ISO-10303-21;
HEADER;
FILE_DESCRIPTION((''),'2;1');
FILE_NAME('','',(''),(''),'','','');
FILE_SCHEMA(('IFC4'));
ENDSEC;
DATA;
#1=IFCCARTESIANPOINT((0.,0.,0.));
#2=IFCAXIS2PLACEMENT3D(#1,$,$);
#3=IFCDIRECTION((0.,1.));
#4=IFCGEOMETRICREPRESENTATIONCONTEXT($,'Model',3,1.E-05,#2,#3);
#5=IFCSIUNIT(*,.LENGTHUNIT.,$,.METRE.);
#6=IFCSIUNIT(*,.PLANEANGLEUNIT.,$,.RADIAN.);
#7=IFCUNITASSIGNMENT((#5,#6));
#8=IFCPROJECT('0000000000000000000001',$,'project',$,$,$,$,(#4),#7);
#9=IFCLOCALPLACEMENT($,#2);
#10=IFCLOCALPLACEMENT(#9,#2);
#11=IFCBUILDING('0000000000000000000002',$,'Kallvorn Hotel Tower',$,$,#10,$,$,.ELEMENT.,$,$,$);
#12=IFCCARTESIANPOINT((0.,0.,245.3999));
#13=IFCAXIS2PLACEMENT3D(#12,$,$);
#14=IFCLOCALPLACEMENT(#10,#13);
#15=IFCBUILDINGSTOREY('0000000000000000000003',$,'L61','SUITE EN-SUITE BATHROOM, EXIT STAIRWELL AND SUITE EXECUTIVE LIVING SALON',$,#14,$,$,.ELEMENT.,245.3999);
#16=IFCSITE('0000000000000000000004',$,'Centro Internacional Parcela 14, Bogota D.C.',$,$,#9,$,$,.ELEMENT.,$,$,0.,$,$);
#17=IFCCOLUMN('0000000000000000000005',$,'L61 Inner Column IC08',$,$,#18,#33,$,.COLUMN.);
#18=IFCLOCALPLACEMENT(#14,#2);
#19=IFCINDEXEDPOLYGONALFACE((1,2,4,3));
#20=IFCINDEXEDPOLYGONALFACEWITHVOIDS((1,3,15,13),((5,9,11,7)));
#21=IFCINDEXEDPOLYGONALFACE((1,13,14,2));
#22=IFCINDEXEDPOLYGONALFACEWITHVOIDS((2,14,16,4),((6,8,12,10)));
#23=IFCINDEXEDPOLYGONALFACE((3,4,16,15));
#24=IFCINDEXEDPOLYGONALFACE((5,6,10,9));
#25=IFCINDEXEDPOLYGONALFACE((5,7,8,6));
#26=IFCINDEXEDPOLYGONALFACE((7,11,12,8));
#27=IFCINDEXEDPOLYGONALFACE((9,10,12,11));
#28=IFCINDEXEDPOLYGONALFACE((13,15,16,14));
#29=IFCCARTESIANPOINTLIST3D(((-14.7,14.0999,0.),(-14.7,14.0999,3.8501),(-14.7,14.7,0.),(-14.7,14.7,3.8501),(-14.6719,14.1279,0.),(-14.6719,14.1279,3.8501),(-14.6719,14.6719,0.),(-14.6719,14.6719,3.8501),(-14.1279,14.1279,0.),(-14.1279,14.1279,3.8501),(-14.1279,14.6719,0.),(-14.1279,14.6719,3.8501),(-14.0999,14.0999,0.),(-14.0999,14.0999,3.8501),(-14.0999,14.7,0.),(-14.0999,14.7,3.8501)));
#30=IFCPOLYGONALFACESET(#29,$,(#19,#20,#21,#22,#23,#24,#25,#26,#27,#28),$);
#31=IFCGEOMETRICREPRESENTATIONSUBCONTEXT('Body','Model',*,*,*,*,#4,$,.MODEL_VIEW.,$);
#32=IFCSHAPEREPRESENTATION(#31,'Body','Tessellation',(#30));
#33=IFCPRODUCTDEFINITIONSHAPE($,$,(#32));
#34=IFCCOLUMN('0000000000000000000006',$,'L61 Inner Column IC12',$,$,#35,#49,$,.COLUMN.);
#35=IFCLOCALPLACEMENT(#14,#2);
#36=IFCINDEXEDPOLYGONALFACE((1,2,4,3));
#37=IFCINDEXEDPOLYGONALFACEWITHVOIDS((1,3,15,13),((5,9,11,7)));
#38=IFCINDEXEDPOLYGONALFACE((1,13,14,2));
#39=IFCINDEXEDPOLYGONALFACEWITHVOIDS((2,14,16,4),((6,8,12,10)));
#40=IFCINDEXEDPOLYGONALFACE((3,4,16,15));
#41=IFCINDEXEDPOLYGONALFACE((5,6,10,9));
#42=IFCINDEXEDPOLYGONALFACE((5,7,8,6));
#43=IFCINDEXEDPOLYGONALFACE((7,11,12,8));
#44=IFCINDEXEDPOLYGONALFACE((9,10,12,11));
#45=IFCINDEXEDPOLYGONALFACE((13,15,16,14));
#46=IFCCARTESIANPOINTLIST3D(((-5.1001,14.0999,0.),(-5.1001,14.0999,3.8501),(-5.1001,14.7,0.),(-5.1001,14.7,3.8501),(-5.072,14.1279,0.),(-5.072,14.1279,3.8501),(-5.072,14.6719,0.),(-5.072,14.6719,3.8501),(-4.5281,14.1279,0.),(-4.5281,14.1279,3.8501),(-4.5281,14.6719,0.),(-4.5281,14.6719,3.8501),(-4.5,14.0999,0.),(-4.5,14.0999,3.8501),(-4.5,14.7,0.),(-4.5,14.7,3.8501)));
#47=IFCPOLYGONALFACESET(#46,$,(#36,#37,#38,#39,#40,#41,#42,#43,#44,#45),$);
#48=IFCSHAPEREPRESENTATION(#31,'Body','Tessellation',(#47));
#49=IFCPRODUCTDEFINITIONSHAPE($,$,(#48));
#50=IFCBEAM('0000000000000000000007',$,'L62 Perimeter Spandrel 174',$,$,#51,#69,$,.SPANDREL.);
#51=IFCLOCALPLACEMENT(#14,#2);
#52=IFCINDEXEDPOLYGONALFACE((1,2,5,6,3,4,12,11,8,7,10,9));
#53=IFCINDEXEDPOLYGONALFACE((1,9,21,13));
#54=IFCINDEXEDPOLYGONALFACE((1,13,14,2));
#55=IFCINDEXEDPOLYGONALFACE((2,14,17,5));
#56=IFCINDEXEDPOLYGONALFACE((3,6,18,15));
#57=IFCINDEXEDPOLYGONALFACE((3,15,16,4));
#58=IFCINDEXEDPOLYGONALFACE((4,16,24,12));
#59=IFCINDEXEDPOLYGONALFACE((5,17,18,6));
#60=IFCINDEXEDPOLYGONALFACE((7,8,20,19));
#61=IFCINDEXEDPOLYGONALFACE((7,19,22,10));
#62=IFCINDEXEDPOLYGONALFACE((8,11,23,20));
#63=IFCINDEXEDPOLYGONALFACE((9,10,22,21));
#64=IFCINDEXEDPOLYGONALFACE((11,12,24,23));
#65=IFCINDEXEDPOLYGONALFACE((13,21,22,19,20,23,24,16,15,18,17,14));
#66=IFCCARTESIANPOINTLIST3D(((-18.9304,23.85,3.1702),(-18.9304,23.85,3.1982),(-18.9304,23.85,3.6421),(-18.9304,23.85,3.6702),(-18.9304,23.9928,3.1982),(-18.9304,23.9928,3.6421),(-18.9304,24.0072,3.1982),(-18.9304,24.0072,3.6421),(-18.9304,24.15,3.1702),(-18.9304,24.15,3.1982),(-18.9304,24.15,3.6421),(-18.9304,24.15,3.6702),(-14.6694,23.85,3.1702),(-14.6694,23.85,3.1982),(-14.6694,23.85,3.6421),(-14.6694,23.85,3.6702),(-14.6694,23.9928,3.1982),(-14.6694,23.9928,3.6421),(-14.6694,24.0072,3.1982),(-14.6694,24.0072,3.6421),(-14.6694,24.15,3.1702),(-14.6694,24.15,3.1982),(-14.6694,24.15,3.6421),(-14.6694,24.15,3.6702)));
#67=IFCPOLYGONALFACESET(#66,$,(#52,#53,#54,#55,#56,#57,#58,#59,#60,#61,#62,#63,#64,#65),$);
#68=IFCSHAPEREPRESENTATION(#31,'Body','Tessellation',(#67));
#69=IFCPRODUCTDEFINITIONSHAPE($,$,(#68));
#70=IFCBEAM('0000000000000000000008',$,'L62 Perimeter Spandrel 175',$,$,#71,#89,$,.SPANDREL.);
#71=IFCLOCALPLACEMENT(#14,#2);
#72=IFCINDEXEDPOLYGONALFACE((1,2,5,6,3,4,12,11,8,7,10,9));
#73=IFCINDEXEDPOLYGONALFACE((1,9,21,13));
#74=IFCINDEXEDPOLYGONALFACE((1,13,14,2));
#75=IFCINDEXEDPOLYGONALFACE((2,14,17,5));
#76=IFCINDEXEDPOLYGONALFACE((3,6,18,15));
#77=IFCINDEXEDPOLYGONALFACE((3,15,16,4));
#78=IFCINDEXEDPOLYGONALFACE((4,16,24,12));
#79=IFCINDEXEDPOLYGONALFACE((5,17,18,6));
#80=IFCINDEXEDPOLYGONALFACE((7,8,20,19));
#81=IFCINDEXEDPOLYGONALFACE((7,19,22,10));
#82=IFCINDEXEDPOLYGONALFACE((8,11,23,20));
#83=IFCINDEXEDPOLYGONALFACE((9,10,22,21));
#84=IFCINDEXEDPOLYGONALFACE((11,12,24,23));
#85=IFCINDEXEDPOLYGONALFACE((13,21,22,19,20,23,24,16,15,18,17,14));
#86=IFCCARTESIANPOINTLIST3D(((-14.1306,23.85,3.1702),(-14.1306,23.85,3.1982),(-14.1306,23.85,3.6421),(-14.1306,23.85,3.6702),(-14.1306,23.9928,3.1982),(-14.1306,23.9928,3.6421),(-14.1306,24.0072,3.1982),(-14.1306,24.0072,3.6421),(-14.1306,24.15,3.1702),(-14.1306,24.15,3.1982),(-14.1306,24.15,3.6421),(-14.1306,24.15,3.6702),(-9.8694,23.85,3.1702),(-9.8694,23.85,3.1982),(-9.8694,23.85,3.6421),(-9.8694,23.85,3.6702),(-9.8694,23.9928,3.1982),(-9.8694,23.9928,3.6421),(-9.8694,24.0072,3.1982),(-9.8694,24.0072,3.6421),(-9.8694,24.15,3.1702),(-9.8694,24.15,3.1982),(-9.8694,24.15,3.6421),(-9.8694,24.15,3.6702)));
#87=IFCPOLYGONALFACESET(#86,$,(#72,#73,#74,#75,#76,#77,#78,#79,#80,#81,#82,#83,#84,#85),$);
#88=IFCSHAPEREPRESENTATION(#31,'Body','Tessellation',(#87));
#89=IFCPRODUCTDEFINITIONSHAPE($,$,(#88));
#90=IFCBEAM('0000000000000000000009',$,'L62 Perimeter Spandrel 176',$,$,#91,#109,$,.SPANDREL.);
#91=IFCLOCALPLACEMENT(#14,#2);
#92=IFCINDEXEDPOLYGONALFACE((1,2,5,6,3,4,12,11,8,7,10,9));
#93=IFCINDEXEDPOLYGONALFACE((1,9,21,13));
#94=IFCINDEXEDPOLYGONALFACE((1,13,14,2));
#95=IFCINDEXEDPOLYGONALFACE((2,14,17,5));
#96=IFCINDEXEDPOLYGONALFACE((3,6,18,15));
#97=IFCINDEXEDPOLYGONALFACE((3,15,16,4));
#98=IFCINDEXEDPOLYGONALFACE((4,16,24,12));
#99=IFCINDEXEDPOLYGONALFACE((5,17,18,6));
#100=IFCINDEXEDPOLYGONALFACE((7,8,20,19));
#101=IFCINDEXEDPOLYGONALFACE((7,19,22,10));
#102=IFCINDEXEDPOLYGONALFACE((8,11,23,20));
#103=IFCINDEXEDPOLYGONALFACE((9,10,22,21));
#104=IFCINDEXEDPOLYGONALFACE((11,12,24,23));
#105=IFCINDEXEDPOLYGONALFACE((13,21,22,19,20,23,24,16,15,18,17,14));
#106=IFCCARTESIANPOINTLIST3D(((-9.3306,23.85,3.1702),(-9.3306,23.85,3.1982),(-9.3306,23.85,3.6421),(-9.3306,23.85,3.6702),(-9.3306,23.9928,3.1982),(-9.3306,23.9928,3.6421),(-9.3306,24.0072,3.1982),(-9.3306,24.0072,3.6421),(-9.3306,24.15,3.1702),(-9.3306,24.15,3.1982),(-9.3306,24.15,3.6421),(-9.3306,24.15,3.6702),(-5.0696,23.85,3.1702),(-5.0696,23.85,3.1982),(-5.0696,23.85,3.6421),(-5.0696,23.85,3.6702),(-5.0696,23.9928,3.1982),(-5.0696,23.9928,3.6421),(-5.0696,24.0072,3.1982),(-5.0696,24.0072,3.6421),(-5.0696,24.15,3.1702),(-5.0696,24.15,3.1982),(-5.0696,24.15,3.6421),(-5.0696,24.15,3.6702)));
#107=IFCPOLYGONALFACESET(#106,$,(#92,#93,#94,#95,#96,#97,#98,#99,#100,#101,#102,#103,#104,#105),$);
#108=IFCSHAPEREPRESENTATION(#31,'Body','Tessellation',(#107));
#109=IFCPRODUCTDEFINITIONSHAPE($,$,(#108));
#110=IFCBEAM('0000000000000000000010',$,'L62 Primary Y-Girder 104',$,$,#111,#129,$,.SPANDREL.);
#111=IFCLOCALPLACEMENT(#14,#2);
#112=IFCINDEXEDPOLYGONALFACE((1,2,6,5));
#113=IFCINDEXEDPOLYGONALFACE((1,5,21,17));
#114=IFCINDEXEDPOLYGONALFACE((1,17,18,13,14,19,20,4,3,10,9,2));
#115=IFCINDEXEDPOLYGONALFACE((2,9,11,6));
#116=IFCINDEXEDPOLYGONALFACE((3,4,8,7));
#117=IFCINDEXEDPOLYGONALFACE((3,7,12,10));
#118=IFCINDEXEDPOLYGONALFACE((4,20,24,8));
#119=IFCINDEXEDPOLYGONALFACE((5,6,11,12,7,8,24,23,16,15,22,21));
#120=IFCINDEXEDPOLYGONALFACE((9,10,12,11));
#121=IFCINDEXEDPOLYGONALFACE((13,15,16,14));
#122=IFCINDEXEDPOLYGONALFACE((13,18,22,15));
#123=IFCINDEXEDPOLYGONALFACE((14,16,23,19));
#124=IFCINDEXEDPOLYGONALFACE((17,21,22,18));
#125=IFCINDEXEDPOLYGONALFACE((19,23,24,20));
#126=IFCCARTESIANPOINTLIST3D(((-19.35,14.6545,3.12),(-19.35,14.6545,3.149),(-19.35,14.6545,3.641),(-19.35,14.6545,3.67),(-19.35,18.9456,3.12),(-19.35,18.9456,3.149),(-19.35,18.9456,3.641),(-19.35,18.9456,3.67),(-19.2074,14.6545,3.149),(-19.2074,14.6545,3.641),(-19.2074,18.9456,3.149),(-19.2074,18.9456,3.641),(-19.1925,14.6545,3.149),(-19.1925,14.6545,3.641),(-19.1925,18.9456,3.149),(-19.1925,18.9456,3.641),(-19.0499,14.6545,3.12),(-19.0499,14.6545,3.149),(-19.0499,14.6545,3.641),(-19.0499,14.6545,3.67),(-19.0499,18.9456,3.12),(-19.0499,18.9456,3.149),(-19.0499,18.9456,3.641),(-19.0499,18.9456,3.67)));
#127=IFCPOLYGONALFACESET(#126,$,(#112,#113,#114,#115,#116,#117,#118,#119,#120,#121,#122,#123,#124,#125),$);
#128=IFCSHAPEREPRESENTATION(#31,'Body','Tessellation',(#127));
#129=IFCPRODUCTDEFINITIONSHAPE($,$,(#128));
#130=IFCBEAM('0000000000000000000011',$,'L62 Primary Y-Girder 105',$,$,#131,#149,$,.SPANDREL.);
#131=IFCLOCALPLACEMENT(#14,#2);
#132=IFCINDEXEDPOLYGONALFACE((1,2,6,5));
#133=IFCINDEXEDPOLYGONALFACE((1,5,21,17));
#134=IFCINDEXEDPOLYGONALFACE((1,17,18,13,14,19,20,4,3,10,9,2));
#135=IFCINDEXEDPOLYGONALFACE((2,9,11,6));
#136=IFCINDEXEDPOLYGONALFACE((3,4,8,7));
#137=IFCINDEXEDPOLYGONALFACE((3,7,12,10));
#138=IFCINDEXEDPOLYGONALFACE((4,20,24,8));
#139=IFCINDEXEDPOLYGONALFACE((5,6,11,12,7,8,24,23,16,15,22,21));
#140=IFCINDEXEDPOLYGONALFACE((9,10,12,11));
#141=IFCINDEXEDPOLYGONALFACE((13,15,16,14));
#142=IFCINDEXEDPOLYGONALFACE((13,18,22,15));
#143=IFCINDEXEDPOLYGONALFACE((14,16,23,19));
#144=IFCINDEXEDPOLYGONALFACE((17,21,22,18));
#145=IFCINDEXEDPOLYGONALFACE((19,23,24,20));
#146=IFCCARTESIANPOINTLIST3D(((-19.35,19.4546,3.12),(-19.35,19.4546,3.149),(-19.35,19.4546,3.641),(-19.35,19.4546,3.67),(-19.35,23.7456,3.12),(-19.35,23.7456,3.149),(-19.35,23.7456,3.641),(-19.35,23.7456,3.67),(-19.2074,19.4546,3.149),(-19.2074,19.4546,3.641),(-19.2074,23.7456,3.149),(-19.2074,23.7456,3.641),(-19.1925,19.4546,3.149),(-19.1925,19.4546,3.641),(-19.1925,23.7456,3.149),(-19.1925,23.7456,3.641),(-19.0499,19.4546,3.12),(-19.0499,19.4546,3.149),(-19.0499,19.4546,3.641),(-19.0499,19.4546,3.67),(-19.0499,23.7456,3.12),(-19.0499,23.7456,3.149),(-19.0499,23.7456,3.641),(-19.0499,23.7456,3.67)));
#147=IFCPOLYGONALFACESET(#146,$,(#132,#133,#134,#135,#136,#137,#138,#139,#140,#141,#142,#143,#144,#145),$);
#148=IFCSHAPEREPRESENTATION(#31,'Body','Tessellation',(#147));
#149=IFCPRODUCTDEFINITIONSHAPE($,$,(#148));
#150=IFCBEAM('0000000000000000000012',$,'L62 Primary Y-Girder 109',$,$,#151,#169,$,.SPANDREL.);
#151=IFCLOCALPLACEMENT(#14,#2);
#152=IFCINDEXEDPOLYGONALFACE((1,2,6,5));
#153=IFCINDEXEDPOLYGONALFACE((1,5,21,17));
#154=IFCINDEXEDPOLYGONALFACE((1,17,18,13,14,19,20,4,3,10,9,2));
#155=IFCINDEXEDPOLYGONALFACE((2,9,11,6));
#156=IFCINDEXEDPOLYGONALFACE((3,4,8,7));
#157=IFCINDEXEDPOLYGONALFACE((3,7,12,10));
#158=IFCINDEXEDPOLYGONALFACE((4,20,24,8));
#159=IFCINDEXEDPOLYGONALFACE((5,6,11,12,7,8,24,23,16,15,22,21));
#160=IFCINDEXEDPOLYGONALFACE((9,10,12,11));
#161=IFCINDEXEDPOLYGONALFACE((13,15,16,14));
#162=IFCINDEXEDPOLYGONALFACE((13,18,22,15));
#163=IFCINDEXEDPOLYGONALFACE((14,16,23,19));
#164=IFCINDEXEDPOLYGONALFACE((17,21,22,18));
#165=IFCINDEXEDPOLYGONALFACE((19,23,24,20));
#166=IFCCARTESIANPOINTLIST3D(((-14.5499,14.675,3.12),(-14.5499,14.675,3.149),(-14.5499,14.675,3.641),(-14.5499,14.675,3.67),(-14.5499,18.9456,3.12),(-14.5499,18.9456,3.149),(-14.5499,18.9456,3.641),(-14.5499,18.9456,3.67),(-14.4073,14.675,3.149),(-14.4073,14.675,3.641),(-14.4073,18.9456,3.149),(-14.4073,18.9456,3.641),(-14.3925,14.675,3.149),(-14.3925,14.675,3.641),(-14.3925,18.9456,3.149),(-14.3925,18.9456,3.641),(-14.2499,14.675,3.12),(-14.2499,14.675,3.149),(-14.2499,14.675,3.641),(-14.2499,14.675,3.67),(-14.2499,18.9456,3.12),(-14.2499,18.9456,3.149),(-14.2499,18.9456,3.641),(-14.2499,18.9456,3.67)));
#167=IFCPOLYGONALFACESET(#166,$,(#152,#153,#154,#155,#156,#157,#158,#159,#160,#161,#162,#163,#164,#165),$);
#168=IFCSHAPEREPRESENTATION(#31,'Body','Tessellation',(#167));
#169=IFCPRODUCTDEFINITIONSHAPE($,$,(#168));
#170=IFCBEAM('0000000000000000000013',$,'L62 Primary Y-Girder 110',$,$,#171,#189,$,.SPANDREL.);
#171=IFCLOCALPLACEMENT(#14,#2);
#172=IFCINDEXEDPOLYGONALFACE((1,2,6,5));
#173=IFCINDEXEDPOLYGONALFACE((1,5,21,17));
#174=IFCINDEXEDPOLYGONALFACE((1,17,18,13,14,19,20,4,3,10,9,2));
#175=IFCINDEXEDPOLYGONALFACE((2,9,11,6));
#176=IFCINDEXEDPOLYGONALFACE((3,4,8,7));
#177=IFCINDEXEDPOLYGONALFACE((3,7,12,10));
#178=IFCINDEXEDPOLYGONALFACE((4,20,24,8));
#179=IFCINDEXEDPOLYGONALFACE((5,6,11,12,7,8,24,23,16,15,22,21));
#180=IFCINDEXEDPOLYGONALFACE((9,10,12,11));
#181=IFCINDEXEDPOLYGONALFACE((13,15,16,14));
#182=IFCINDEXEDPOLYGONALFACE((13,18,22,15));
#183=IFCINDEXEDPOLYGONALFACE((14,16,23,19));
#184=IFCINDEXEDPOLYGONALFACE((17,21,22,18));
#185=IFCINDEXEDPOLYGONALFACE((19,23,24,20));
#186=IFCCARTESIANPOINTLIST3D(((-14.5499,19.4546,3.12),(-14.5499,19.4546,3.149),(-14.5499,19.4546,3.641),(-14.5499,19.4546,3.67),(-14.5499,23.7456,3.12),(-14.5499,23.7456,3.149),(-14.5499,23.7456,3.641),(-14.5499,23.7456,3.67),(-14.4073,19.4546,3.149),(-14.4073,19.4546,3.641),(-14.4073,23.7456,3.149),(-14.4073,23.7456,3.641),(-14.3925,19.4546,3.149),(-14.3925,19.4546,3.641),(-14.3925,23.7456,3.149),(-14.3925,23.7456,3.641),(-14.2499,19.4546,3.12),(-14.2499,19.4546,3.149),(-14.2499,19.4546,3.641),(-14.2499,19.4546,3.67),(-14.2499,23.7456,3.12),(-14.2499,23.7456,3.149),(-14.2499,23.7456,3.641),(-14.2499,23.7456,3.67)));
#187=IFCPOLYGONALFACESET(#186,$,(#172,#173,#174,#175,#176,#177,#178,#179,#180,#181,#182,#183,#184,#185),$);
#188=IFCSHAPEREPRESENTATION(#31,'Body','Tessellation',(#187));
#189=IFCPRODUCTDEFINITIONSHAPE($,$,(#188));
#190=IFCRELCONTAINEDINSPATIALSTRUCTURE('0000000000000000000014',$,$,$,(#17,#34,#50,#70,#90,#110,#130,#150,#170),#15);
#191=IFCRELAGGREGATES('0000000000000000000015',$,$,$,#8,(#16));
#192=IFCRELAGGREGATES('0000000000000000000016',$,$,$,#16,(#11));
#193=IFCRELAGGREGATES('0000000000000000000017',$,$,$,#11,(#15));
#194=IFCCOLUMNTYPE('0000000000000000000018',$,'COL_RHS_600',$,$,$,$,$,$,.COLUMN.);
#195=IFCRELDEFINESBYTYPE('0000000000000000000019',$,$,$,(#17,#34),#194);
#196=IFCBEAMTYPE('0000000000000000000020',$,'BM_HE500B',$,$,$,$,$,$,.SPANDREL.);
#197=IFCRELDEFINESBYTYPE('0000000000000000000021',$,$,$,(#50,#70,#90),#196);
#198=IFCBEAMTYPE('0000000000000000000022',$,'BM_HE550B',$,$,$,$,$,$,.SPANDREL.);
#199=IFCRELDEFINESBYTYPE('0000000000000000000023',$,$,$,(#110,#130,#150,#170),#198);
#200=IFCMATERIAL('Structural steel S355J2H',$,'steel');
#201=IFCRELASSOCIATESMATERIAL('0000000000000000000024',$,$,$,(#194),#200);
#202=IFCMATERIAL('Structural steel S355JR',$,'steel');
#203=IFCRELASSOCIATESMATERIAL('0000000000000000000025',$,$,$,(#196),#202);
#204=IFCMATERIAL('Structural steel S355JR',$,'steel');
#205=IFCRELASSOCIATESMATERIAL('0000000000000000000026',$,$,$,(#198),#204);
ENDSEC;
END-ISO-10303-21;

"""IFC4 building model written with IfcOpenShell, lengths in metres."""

from ifc_helpers import new_model, si_unit, direction, frame, origin, origin_2d, place, context, subcontext, project, spatial, hollow_rectangle, i_section, extrude, material, material_profile, profile_set, type_object, element, save


model = new_model("IFC4")

# Units and contexts
model_context = context("Model", 3, precision=1e-05, world=origin(), true_north=direction((0.0, 1.0)))
body_context = subcontext(model_context, "Body", "Model", "MODEL_VIEW")
ifc_project = project(units=[si_unit("LENGTHUNIT", "METRE"), si_unit("PLANEANGLEUNIT", "RADIAN")], contexts=[model_context])

# Site, building, storey
site_placement = place(None, origin())
site = spatial("IfcSite", under=ifc_project, at=site_placement, Name="Centro Internacional Parcela 14, Bogota D.C.", CompositionType="ELEMENT", RefElevation=0.0)
building_placement = place(site_placement, origin())
building = spatial("IfcBuilding", under=site, at=building_placement, Name="Kallvorn Hotel Tower", CompositionType="ELEMENT")
storey_placement = place(building_placement, frame((0.0, 0.0, 245.3999)))
storey = spatial("IfcBuildingStorey", under=building, at=storey_placement, Name="L61", Description="SUITE EN-SUITE BATHROOM, EXIT STAIRWELL AND SUITE EXECUTIVE LIVING SALON", CompositionType="ELEMENT", Elevation=245.3999)

# Columns
ifc_material_1 = material(Name="Structural steel S355J2H", Category="steel")
ifc_material_profile_1 = material_profile(ifc_material_1, hollow_rectangle(XDim=0.6001, YDim=0.6001, WallThickness=0.0281, at=origin_2d()), Name="RHS 600x600x28")
ifc_profile_set_1 = profile_set([ifc_material_profile_1], Name="Structural steel S355J2H")
column_type_1 = type_object("IfcColumnType", Name="COL_RHS_600", PredefinedType="COLUMN", material=ifc_profile_set_1)
for number, where, z_axis, x_axis, name in (
    (1, (-14.3999, 14.3999, 0.0), (0.0, 0.0, 1.0), (1.0, 0.0, 0.0), "L61 Inner Column IC08"),
    (2, (-4.8, 14.3999, 0.0), (0.0, 0.0, 1.0), (1.0, 0.0, 0.0), "L61 Inner Column IC12"),
):
    element("IfcColumn", number, at=place(storey_placement, frame(where, z_axis=z_axis, x_axis=x_axis)), inside=storey, type_object=column_type_1, Name=name, PredefinedType="COLUMN", context=body_context, shape_type="SweptSolid", body=[
        extrude(hollow_rectangle(XDim=0.6001, YDim=0.6001, WallThickness=0.0281, at=origin_2d()), origin(), (0.0, 0.0, 1.0), 3.8501),
    ])

# Beams
ifc_material_2 = material(Name="Structural steel S355JR", Category="steel")
ifc_material_profile_2 = material_profile(ifc_material_2, i_section(OverallWidth=0.3, OverallDepth=0.5, WebThickness=0.0144, FlangeThickness=0.0281, at=origin_2d()), Name="HE 500 B")
ifc_profile_set_2 = profile_set([ifc_material_profile_2], Name="Structural steel S355JR")
beam_type_1 = type_object("IfcBeamType", Name="BM_HE500B", PredefinedType="SPANDREL", material=ifc_profile_set_2)
beam_1_placement = place(storey_placement, frame((-18.9304, 24.0, 3.4202), z_axis=(1.0, 0.0, 0.0), x_axis=(0.0, 1.0, 0.0)))
element("IfcBeam", 3, at=beam_1_placement, inside=storey, type_object=beam_type_1, Name="L62 Perimeter Spandrel 174", PredefinedType="SPANDREL", context=body_context, shape_type="SweptSolid", body=[
    extrude(i_section(OverallWidth=0.3, OverallDepth=0.5, WebThickness=0.0144, FlangeThickness=0.0281, at=origin_2d()), origin(), (0.0, 0.0, 1.0), 4.261),
])
beam_2_placement = place(storey_placement, frame((-14.1306, 24.0, 3.4202), z_axis=(1.0, 0.0, 0.0), x_axis=(0.0, 1.0, 0.0)))
element("IfcBeam", 4, at=beam_2_placement, inside=storey, type_object=beam_type_1, Name="L62 Perimeter Spandrel 175", PredefinedType="SPANDREL", context=body_context, shape_type="SweptSolid", body=[
    extrude(i_section(OverallWidth=0.3, OverallDepth=0.5, WebThickness=0.0144, FlangeThickness=0.0281, at=origin_2d()), origin(), (0.0, 0.0, 1.0), 4.2612),
])
beam_3_placement = place(storey_placement, frame((-9.3306, 24.0, 3.4202), z_axis=(1.0, 0.0, 0.0), x_axis=(0.0, 1.0, 0.0)))
element("IfcBeam", 5, at=beam_3_placement, inside=storey, type_object=beam_type_1, Name="L62 Perimeter Spandrel 176", PredefinedType="SPANDREL", context=body_context, shape_type="SweptSolid", body=[
    extrude(i_section(OverallWidth=0.3, OverallDepth=0.5, WebThickness=0.0144, FlangeThickness=0.0281, at=origin_2d()), origin(), (0.0, 0.0, 1.0), 4.261),
])
ifc_material_3 = material(Name="Structural steel S355JR", Category="steel")
ifc_material_profile_3 = material_profile(ifc_material_3, i_section(OverallWidth=0.3, OverallDepth=0.55, WebThickness=0.0149, FlangeThickness=0.0291, at=origin_2d()), Name="HE 550 B")
ifc_profile_set_3 = profile_set([ifc_material_profile_3], Name="Structural steel S355JR")
beam_type_2 = type_object("IfcBeamType", Name="BM_HE550B", PredefinedType="SPANDREL", material=ifc_profile_set_3)
for number, where, z_axis, x_axis, name in (
    (6, (-19.2, 14.6545, 3.395), (0.0, 1.0, 0.0), (-1.0, 0.0, 0.0), "L62 Primary Y-Girder 104"),
    (7, (-19.2, 19.4546, 3.395), (0.0, 1.0, 0.0), (-1.0, 0.0, 0.0), "L62 Primary Y-Girder 105"),
):
    element("IfcBeam", number, at=place(storey_placement, frame(where, z_axis=z_axis, x_axis=x_axis)), inside=storey, type_object=beam_type_2, Name=name, PredefinedType="SPANDREL", context=body_context, shape_type="SweptSolid", body=[
        extrude(i_section(OverallWidth=0.3, OverallDepth=0.55, WebThickness=0.0149, FlangeThickness=0.0291, at=origin_2d()), origin(), (0.0, 0.0, 1.0), 4.291),
    ])
beam_4_placement = place(storey_placement, frame((-14.3999, 14.675, 3.395), z_axis=(0.0, 1.0, 0.0), x_axis=(-1.0, 0.0, 0.0)))
element("IfcBeam", 8, at=beam_4_placement, inside=storey, type_object=beam_type_2, Name="L62 Primary Y-Girder 109", PredefinedType="SPANDREL", context=body_context, shape_type="SweptSolid", body=[
    extrude(i_section(OverallWidth=0.3, OverallDepth=0.55, WebThickness=0.0149, FlangeThickness=0.0291, at=origin_2d()), origin(), (0.0, 0.0, 1.0), 4.2705),
])
for number, where, z_axis, x_axis, name in (
    (9, (-14.3999, 19.4546, 3.395), (0.0, 1.0, 0.0), (-1.0, 0.0, 0.0), "L62 Primary Y-Girder 110"),
):
    element("IfcBeam", number, at=place(storey_placement, frame(where, z_axis=z_axis, x_axis=x_axis)), inside=storey, type_object=beam_type_2, Name=name, PredefinedType="SPANDREL", context=body_context, shape_type="SweptSolid", body=[
        extrude(i_section(OverallWidth=0.3, OverallDepth=0.55, WebThickness=0.0149, FlangeThickness=0.0291, at=origin_2d()), origin(), (0.0, 0.0, 1.0), 4.291),
    ])

save(model, "model.ifc")
